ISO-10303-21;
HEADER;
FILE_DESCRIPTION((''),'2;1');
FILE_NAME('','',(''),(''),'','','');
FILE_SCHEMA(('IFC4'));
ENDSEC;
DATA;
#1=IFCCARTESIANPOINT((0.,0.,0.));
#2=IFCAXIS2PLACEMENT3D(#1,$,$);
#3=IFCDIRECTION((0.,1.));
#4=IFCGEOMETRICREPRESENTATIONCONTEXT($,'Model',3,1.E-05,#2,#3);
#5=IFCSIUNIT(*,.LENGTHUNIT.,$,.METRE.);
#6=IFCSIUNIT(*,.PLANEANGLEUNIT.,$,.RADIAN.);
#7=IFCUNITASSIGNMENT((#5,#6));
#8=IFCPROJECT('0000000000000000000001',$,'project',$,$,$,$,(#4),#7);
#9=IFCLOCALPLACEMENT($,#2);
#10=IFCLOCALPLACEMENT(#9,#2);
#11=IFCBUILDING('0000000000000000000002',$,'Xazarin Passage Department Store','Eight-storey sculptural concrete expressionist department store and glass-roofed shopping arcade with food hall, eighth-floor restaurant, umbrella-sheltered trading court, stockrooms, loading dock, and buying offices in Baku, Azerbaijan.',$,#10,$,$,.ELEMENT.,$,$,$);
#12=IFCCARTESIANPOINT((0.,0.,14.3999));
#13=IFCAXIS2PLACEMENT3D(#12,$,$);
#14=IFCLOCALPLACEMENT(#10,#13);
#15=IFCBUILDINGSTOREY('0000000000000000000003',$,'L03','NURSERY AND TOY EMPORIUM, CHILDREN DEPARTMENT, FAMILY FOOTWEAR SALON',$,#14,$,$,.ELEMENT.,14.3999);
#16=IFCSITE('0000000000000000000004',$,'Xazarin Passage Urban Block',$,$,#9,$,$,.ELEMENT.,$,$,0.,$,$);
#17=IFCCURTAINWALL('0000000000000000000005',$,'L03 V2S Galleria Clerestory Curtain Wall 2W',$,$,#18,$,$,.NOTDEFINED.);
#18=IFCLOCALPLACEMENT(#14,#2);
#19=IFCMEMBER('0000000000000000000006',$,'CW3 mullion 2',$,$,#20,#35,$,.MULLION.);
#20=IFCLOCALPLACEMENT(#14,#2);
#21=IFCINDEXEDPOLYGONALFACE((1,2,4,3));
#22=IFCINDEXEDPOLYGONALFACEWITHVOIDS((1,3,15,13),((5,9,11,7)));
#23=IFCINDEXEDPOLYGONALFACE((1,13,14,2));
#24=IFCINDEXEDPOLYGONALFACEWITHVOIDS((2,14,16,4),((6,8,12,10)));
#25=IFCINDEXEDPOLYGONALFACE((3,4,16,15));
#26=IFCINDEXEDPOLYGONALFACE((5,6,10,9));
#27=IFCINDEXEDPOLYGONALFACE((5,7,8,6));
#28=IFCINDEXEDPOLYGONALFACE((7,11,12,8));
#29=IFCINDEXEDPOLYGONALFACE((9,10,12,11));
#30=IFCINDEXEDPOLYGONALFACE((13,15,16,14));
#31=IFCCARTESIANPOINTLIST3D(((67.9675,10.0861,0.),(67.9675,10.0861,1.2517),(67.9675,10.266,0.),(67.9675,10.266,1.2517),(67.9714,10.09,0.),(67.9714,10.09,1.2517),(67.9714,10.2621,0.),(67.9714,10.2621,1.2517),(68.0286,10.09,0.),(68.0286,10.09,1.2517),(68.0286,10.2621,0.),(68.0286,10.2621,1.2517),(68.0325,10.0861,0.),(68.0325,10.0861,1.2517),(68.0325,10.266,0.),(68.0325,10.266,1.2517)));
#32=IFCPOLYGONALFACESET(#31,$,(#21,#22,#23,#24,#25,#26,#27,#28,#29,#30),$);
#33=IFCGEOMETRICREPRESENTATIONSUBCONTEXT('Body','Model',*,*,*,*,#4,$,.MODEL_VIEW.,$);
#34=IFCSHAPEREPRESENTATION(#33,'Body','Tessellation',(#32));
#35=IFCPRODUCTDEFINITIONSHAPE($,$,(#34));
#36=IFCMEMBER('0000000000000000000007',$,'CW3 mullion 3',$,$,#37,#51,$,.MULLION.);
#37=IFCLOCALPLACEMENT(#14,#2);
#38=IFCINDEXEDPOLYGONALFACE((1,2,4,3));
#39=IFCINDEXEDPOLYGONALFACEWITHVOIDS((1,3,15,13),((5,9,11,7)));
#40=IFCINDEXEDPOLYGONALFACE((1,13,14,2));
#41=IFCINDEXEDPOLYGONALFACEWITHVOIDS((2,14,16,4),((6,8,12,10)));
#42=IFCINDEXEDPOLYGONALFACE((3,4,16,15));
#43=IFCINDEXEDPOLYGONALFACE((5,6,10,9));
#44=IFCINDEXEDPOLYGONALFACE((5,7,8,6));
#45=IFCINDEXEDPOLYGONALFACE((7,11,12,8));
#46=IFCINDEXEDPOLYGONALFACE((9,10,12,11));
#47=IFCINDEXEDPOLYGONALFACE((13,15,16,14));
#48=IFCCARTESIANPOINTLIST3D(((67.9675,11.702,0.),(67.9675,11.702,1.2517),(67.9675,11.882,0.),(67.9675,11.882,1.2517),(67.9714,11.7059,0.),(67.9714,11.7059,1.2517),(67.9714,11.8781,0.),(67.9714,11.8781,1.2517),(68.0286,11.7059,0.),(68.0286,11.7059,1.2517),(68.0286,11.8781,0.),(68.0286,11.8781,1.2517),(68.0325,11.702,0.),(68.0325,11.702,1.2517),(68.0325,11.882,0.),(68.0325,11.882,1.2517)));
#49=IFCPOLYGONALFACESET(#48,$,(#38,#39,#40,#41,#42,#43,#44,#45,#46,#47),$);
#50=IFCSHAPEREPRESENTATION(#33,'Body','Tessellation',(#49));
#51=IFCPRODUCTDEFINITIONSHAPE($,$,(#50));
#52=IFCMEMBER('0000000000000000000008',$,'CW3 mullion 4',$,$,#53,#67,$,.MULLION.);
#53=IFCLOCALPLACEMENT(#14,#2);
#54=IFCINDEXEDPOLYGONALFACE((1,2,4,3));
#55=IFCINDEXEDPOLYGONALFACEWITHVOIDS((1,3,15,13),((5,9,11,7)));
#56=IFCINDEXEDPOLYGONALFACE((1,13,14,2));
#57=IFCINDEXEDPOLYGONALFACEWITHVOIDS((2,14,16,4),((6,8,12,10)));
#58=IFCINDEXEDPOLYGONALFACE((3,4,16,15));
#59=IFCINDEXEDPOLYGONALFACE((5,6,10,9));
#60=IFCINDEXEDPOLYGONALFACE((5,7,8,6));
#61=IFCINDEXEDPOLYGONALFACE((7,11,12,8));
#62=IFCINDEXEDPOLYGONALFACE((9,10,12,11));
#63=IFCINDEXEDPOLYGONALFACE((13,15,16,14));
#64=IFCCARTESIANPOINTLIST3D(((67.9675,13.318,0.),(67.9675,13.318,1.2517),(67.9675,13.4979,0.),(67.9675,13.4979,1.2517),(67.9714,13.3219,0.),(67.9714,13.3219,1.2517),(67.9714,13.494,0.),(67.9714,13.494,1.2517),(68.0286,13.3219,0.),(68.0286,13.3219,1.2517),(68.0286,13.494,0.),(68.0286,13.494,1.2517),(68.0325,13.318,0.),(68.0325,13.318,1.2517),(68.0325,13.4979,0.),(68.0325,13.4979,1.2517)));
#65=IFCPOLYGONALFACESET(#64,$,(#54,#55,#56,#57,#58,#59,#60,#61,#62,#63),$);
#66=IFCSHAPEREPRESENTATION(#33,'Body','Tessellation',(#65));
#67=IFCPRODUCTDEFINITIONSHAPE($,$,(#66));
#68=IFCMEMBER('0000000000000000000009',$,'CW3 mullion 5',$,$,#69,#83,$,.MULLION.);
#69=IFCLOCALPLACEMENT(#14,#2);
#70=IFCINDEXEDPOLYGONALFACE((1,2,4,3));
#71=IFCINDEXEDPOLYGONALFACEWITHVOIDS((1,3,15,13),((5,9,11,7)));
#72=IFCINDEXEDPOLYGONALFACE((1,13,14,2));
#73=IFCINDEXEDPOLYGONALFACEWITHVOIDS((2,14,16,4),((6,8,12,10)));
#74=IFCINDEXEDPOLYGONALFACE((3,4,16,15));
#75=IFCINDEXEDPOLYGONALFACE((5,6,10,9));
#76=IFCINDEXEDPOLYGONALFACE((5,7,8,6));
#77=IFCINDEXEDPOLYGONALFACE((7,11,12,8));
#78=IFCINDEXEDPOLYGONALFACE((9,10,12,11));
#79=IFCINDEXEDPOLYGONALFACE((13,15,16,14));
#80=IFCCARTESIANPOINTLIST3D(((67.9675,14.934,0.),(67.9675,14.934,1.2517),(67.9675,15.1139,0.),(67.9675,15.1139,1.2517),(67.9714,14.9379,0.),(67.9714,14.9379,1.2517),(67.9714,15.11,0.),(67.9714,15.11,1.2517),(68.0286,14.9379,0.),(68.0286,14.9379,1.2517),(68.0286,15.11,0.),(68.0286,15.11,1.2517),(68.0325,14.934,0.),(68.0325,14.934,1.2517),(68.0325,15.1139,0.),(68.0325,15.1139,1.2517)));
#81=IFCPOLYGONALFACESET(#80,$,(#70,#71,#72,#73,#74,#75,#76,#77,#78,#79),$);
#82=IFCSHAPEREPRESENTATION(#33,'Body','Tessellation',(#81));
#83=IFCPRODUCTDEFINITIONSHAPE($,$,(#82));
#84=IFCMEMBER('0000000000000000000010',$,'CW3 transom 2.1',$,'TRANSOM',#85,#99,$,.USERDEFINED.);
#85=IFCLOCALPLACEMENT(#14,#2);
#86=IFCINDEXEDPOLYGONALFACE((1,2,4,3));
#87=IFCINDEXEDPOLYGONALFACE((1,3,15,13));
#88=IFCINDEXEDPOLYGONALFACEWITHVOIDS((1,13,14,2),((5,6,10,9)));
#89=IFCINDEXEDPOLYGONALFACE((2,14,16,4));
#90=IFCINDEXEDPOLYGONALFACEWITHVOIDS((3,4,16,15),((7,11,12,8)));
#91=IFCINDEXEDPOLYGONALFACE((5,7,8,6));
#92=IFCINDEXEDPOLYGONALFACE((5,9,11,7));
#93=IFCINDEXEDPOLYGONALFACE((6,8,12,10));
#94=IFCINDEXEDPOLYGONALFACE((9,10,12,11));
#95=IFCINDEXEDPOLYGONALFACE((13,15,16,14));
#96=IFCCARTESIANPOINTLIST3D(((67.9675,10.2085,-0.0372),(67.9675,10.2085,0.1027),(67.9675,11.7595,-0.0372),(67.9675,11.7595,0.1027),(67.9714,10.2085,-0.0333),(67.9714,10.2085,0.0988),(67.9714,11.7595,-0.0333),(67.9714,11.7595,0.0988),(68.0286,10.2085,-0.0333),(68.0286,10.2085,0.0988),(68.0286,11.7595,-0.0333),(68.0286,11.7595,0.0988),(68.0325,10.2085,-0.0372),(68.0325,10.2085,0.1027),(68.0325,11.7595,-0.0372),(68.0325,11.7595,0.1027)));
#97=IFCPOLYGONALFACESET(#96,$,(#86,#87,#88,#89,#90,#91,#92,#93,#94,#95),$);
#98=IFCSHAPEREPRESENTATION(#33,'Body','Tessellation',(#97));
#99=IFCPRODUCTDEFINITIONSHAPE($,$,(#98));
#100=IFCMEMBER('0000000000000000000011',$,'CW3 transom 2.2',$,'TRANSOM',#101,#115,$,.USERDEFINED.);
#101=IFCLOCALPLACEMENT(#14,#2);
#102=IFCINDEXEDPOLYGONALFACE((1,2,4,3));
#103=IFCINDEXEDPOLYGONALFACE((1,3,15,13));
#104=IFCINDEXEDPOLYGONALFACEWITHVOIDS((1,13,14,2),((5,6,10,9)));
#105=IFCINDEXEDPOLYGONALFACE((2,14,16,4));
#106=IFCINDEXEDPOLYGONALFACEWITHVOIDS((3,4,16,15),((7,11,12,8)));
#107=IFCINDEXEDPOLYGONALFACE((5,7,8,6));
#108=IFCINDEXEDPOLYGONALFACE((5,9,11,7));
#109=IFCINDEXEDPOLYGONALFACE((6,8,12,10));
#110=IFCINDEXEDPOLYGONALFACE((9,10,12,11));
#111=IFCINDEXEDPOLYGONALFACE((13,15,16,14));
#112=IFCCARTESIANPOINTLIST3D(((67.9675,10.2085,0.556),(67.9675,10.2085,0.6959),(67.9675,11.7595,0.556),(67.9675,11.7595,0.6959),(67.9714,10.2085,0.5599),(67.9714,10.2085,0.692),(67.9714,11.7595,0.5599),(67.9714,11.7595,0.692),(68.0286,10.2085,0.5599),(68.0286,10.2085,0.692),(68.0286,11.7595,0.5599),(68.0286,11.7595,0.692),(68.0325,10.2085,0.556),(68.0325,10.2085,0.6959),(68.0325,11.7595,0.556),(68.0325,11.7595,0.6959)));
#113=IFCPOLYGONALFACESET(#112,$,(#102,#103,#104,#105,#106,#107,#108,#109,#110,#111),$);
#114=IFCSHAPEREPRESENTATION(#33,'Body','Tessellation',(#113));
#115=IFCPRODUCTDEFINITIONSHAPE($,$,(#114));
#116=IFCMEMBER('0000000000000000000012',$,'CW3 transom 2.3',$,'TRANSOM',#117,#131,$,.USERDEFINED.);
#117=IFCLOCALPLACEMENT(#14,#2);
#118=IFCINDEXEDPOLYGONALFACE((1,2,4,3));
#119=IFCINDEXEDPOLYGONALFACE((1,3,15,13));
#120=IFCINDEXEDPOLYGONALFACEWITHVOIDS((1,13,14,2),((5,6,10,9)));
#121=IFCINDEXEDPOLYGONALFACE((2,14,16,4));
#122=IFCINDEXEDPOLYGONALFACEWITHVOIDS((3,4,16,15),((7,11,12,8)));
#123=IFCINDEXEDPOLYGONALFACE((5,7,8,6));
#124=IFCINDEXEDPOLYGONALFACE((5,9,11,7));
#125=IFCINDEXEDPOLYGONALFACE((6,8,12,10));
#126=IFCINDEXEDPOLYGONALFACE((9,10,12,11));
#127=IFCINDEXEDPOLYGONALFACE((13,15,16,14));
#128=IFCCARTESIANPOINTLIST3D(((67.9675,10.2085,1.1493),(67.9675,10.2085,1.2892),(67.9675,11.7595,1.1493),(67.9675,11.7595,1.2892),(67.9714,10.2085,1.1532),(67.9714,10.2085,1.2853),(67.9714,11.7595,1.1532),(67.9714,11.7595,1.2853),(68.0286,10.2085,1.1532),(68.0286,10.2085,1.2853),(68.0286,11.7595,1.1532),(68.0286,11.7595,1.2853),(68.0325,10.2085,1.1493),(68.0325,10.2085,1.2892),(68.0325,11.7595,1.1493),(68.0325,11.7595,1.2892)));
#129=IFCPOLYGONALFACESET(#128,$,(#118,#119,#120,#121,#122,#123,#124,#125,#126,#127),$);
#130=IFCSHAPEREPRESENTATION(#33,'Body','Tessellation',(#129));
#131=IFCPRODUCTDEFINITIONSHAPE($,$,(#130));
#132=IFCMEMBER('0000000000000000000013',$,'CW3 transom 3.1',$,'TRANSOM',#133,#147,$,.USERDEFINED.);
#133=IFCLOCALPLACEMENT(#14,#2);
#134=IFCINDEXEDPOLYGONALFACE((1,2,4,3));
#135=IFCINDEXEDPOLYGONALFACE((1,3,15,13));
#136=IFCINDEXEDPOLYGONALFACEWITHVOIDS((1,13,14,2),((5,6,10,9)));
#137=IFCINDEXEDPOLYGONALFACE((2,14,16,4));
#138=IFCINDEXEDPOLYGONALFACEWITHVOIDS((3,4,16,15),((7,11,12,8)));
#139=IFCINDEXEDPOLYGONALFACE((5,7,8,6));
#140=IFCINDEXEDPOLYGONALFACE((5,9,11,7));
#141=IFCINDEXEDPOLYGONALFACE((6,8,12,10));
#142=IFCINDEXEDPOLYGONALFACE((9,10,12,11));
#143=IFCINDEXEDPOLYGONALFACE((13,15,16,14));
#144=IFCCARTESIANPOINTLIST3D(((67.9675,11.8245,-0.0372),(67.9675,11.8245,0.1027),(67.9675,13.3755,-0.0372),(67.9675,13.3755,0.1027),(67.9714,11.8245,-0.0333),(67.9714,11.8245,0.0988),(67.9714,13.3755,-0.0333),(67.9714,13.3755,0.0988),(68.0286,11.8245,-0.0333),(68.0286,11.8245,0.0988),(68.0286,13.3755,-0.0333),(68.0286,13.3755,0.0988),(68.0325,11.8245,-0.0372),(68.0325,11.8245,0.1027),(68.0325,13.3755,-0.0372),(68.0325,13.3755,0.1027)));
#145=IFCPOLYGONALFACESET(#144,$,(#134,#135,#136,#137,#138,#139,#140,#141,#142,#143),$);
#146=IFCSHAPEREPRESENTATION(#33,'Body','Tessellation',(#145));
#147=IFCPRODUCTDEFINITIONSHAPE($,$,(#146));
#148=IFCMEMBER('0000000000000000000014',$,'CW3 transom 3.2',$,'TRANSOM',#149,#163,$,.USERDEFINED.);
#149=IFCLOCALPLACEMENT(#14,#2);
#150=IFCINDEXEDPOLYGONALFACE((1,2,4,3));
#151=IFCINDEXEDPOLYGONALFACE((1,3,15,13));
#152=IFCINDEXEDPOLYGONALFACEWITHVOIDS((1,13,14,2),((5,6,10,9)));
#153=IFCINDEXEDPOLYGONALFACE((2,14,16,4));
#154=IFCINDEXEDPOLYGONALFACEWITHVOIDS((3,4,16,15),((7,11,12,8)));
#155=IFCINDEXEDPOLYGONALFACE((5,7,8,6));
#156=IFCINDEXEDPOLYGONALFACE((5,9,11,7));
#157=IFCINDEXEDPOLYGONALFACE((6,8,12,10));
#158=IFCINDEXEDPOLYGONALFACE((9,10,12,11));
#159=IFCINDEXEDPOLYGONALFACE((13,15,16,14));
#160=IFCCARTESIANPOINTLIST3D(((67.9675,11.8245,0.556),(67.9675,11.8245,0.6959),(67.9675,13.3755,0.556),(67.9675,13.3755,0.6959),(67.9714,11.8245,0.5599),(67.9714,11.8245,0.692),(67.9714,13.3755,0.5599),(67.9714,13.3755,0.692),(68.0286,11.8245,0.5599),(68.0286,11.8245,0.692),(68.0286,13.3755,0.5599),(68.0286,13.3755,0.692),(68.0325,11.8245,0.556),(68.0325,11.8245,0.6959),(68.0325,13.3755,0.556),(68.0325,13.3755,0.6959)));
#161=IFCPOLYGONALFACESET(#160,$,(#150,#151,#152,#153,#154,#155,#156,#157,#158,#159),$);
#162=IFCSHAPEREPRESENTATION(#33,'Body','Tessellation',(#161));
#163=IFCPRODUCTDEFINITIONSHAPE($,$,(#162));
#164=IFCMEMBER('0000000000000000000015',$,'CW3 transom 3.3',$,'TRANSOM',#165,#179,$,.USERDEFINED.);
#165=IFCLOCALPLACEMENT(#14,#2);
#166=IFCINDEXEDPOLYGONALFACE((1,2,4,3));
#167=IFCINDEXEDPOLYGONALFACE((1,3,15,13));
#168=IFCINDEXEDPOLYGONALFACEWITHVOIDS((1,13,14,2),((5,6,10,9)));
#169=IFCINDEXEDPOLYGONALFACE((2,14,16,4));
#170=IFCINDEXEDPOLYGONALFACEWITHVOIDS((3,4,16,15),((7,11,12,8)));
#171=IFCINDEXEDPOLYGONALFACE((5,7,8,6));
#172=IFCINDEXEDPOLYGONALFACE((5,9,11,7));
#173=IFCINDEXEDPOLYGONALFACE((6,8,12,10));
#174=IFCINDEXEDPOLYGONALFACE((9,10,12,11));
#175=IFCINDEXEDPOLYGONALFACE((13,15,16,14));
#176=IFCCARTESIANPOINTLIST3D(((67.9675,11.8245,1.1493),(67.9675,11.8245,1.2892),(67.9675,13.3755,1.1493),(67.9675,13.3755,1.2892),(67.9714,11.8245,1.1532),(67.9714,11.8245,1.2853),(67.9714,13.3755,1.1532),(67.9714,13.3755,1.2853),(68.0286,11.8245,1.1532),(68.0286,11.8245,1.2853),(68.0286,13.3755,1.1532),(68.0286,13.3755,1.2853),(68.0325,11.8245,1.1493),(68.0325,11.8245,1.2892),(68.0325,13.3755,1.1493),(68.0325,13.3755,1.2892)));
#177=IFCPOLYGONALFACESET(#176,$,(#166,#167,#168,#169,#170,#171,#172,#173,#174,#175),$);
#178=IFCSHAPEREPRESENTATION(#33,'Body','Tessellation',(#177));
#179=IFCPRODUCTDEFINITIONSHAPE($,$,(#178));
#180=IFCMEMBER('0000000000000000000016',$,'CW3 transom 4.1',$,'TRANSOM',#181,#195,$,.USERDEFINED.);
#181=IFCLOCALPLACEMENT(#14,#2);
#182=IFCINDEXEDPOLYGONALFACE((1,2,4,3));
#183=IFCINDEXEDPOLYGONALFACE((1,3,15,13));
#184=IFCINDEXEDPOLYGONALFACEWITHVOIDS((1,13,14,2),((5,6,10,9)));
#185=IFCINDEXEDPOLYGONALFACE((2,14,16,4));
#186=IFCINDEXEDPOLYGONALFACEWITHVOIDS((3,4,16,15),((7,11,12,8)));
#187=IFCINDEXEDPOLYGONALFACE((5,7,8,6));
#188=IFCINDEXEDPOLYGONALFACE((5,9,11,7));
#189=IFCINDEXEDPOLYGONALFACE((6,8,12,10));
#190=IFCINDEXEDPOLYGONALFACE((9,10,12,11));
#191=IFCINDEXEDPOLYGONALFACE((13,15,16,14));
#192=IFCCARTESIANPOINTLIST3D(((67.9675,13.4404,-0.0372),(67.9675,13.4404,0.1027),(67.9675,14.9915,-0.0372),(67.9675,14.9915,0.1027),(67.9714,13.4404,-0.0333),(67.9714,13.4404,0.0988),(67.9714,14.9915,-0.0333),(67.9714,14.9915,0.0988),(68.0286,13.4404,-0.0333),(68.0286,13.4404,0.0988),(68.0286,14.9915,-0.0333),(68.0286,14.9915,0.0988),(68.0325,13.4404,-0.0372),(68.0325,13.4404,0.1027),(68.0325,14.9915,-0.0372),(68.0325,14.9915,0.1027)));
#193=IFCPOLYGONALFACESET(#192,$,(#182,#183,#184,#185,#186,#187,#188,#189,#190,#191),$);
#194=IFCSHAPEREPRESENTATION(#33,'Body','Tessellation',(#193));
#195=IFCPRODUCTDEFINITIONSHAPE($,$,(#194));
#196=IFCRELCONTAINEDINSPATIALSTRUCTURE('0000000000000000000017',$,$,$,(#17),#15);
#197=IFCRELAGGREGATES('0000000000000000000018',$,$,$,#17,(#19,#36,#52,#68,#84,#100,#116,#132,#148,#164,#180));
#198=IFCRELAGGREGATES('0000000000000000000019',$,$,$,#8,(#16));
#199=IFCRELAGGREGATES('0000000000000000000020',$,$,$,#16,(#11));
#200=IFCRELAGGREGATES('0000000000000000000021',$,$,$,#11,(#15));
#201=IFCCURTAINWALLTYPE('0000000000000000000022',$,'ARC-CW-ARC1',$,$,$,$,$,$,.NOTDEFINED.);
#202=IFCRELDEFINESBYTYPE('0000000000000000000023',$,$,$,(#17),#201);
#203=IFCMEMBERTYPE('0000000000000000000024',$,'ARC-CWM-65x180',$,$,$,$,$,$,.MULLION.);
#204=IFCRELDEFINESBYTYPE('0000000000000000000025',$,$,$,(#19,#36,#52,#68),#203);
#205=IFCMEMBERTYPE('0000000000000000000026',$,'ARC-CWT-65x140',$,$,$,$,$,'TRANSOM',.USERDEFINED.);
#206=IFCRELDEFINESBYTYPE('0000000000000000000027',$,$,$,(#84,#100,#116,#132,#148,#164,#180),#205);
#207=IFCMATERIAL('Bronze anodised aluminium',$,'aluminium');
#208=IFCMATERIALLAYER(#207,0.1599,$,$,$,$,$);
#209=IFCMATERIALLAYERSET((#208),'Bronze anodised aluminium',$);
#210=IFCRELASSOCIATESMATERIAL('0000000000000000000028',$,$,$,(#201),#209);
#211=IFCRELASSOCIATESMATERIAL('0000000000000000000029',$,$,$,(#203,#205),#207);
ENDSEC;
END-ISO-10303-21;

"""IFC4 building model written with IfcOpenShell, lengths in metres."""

from ifc_helpers import new_model, si_unit, direction, frame, origin, origin_2d, place, context, subcontext, project, spatial, hollow_rectangle, extrude, material, layer, layer_set, material_profile, profile_set, type_object, element, aggregate, save


model = new_model("IFC4")

# Units and contexts
model_context = context("Model", 3, precision=1e-05, world=origin(), true_north=direction((0.0, 1.0)))
body_context = subcontext(model_context, "Body", "Model", "MODEL_VIEW")
ifc_project = project(units=[si_unit("LENGTHUNIT", "METRE"), si_unit("PLANEANGLEUNIT", "RADIAN")], contexts=[model_context])

# Site, building, storey
site_placement = place(None, origin())
site = spatial("IfcSite", under=ifc_project, at=site_placement, Name="Xazarin Passage Urban Block", CompositionType="ELEMENT", RefElevation=0.0)
building_placement = place(site_placement, origin())
building = spatial("IfcBuilding", under=site, at=building_placement, Name="Xazarin Passage Department Store", Description="Eight-storey sculptural concrete expressionist department store and glass-roofed shopping arcade with food hall, eighth-floor restaurant, umbrella-sheltered trading court, stockrooms, loading dock, and buying offices in Baku, Azerbaijan.", CompositionType="ELEMENT")
storey_placement = place(building_placement, frame((0.0, 0.0, 14.3999)))
storey = spatial("IfcBuildingStorey", under=building, at=storey_placement, Name="L03", Description="NURSERY AND TOY EMPORIUM, CHILDREN DEPARTMENT, FAMILY FOOTWEAR SALON", CompositionType="ELEMENT", Elevation=14.3999)

# Curtain wall, members
ifc_material_1 = material(Name="Bronze anodised aluminium", Category="aluminium")
ifc_layer_1 = layer(ifc_material_1, 0.1599)
ifc_layer_set_1 = layer_set([ifc_layer_1], Name="Bronze anodised aluminium")
curtain_wall_type = type_object("IfcCurtainWallType", Name="ARC-CW-ARC1", PredefinedType="NOTDEFINED", material=ifc_layer_set_1)
curtain_wall_placement = place(storey_placement, origin())
curtain_wall = element("IfcCurtainWall", 1, at=curtain_wall_placement, inside=storey, type_object=curtain_wall_type, Name="L03 V2S Galleria Clerestory Curtain Wall 2W", PredefinedType="NOTDEFINED")
ifc_material_profile_1 = material_profile(ifc_material_1, hollow_rectangle(XDim=0.0649, YDim=0.1799, WallThickness=0.0039, at=origin_2d()), Name="ALU 65x180")
ifc_profile_set_1 = profile_set([ifc_material_profile_1], Name="Bronze anodised aluminium")
member_type_1 = type_object("IfcMemberType", Name="ARC-CWM-65x180", PredefinedType="MULLION", material=ifc_profile_set_1)
member_1_placement = place(storey_placement, frame((68.0, 10.176, 0.0), z_axis=(0.0, 0.0, 1.0), x_axis=(-1.0, 0.0, 0.0)))
member_1 = element("IfcMember", 2, at=member_1_placement, type_object=member_type_1, Name="CW3 mullion 2", PredefinedType="MULLION", context=body_context, shape_type="SweptSolid", body=[
    extrude(hollow_rectangle(XDim=0.0649, YDim=0.1799, WallThickness=0.0039, at=origin_2d()), origin(), (0.0, 0.0, 1.0), 1.2517),
])
member_2_placement = place(storey_placement, frame((68.0, 11.792, 0.0), z_axis=(0.0, 0.0, 1.0), x_axis=(-1.0, 0.0, 0.0)))
member_2 = element("IfcMember", 3, at=member_2_placement, type_object=member_type_1, Name="CW3 mullion 3", PredefinedType="MULLION", context=body_context, shape_type="SweptSolid", body=[
    extrude(hollow_rectangle(XDim=0.0649, YDim=0.1799, WallThickness=0.0039, at=origin_2d()), origin(), (0.0, 0.0, 1.0), 1.2517),
])
member_3_placement = place(storey_placement, frame((68.0, 13.408, 0.0), z_axis=(0.0, 0.0, 1.0), x_axis=(-1.0, 0.0, 0.0)))
member_3 = element("IfcMember", 4, at=member_3_placement, type_object=member_type_1, Name="CW3 mullion 4", PredefinedType="MULLION", context=body_context, shape_type="SweptSolid", body=[
    extrude(hollow_rectangle(XDim=0.0649, YDim=0.1799, WallThickness=0.0039, at=origin_2d()), origin(), (0.0, 0.0, 1.0), 1.2517),
])
member_4_placement = place(storey_placement, frame((68.0, 15.0239, 0.0), z_axis=(0.0, 0.0, 1.0), x_axis=(-1.0, 0.0, 0.0)))
member_4 = element("IfcMember", 5, at=member_4_placement, type_object=member_type_1, Name="CW3 mullion 5", PredefinedType="MULLION", context=body_context, shape_type="SweptSolid", body=[
    extrude(hollow_rectangle(XDim=0.0649, YDim=0.1799, WallThickness=0.0039, at=origin_2d()), origin(), (0.0, 0.0, 1.0), 1.2517),
])
ifc_material_profile_2 = material_profile(ifc_material_1, hollow_rectangle(XDim=0.0649, YDim=0.1399, WallThickness=0.0039, at=origin_2d()), Name="ALU 65x140")
ifc_profile_set_2 = profile_set([ifc_material_profile_2], Name="Bronze anodised aluminium")
member_type_2 = type_object("IfcMemberType", Name="ARC-CWT-65x140", ElementType="TRANSOM", PredefinedType="USERDEFINED", material=ifc_profile_set_2)
member_5_placement = place(storey_placement, frame((68.0, 10.2085, 0.0327), z_axis=(0.0, 1.0, 0.0), x_axis=(-1.0, 0.0, 0.0)))
member_5 = element("IfcMember", 6, at=member_5_placement, type_object=member_type_2, Name="CW3 transom 2.1", ObjectType="TRANSOM", PredefinedType="USERDEFINED", context=body_context, shape_type="SweptSolid", body=[
    extrude(hollow_rectangle(XDim=0.0649, YDim=0.1399, WallThickness=0.0039, at=origin_2d()), origin(), (0.0, 0.0, 1.0), 1.551),
])
member_6_placement = place(storey_placement, frame((68.0, 10.2085, 0.626), z_axis=(0.0, 1.0, 0.0), x_axis=(-1.0, 0.0, 0.0)))
member_6 = element("IfcMember", 7, at=member_6_placement, type_object=member_type_2, Name="CW3 transom 2.2", ObjectType="TRANSOM", PredefinedType="USERDEFINED", context=body_context, shape_type="SweptSolid", body=[
    extrude(hollow_rectangle(XDim=0.0649, YDim=0.1399, WallThickness=0.0039, at=origin_2d()), origin(), (0.0, 0.0, 1.0), 1.551),
])
member_7_placement = place(storey_placement, frame((68.0, 10.2085, 1.2192), z_axis=(0.0, 1.0, 0.0), x_axis=(-1.0, 0.0, 0.0)))
member_7 = element("IfcMember", 8, at=member_7_placement, type_object=member_type_2, Name="CW3 transom 2.3", ObjectType="TRANSOM", PredefinedType="USERDEFINED", context=body_context, shape_type="SweptSolid", body=[
    extrude(hollow_rectangle(XDim=0.0649, YDim=0.1399, WallThickness=0.0039, at=origin_2d()), origin(), (0.0, 0.0, 1.0), 1.551),
])
member_8_placement = place(storey_placement, frame((68.0, 11.8245, 0.0327), z_axis=(0.0, 1.0, 0.0), x_axis=(-1.0, 0.0, 0.0)))
member_8 = element("IfcMember", 9, at=member_8_placement, type_object=member_type_2, Name="CW3 transom 3.1", ObjectType="TRANSOM", PredefinedType="USERDEFINED", context=body_context, shape_type="SweptSolid", body=[
    extrude(hollow_rectangle(XDim=0.0649, YDim=0.1399, WallThickness=0.0039, at=origin_2d()), origin(), (0.0, 0.0, 1.0), 1.551),
])
member_9_placement = place(storey_placement, frame((68.0, 11.8245, 0.626), z_axis=(0.0, 1.0, 0.0), x_axis=(-1.0, 0.0, 0.0)))
member_9 = element("IfcMember", 10, at=member_9_placement, type_object=member_type_2, Name="CW3 transom 3.2", ObjectType="TRANSOM", PredefinedType="USERDEFINED", context=body_context, shape_type="SweptSolid", body=[
    extrude(hollow_rectangle(XDim=0.0649, YDim=0.1399, WallThickness=0.0039, at=origin_2d()), origin(), (0.0, 0.0, 1.0), 1.551),
])
member_10_placement = place(storey_placement, frame((68.0, 11.8245, 1.2192), z_axis=(0.0, 1.0, 0.0), x_axis=(-1.0, 0.0, 0.0)))
member_10 = element("IfcMember", 11, at=member_10_placement, type_object=member_type_2, Name="CW3 transom 3.3", ObjectType="TRANSOM", PredefinedType="USERDEFINED", context=body_context, shape_type="SweptSolid", body=[
    extrude(hollow_rectangle(XDim=0.0649, YDim=0.1399, WallThickness=0.0039, at=origin_2d()), origin(), (0.0, 0.0, 1.0), 1.551),
])
member_11_placement = place(storey_placement, frame((68.0, 13.4404, 0.0327), z_axis=(0.0, 1.0, 0.0), x_axis=(-1.0, 0.0, 0.0)))
member_11 = element("IfcMember", 12, at=member_11_placement, type_object=member_type_2, Name="CW3 transom 4.1", ObjectType="TRANSOM", PredefinedType="USERDEFINED", context=body_context, shape_type="SweptSolid", body=[
    extrude(hollow_rectangle(XDim=0.0649, YDim=0.1399, WallThickness=0.0039, at=origin_2d()), origin(), (0.0, 0.0, 1.0), 1.551),
])
aggregate(curtain_wall, [member_1, member_2, member_3, member_4, member_5, member_6, member_7, member_8, member_9, member_10, member_11])

save(model, "model.ifc")
